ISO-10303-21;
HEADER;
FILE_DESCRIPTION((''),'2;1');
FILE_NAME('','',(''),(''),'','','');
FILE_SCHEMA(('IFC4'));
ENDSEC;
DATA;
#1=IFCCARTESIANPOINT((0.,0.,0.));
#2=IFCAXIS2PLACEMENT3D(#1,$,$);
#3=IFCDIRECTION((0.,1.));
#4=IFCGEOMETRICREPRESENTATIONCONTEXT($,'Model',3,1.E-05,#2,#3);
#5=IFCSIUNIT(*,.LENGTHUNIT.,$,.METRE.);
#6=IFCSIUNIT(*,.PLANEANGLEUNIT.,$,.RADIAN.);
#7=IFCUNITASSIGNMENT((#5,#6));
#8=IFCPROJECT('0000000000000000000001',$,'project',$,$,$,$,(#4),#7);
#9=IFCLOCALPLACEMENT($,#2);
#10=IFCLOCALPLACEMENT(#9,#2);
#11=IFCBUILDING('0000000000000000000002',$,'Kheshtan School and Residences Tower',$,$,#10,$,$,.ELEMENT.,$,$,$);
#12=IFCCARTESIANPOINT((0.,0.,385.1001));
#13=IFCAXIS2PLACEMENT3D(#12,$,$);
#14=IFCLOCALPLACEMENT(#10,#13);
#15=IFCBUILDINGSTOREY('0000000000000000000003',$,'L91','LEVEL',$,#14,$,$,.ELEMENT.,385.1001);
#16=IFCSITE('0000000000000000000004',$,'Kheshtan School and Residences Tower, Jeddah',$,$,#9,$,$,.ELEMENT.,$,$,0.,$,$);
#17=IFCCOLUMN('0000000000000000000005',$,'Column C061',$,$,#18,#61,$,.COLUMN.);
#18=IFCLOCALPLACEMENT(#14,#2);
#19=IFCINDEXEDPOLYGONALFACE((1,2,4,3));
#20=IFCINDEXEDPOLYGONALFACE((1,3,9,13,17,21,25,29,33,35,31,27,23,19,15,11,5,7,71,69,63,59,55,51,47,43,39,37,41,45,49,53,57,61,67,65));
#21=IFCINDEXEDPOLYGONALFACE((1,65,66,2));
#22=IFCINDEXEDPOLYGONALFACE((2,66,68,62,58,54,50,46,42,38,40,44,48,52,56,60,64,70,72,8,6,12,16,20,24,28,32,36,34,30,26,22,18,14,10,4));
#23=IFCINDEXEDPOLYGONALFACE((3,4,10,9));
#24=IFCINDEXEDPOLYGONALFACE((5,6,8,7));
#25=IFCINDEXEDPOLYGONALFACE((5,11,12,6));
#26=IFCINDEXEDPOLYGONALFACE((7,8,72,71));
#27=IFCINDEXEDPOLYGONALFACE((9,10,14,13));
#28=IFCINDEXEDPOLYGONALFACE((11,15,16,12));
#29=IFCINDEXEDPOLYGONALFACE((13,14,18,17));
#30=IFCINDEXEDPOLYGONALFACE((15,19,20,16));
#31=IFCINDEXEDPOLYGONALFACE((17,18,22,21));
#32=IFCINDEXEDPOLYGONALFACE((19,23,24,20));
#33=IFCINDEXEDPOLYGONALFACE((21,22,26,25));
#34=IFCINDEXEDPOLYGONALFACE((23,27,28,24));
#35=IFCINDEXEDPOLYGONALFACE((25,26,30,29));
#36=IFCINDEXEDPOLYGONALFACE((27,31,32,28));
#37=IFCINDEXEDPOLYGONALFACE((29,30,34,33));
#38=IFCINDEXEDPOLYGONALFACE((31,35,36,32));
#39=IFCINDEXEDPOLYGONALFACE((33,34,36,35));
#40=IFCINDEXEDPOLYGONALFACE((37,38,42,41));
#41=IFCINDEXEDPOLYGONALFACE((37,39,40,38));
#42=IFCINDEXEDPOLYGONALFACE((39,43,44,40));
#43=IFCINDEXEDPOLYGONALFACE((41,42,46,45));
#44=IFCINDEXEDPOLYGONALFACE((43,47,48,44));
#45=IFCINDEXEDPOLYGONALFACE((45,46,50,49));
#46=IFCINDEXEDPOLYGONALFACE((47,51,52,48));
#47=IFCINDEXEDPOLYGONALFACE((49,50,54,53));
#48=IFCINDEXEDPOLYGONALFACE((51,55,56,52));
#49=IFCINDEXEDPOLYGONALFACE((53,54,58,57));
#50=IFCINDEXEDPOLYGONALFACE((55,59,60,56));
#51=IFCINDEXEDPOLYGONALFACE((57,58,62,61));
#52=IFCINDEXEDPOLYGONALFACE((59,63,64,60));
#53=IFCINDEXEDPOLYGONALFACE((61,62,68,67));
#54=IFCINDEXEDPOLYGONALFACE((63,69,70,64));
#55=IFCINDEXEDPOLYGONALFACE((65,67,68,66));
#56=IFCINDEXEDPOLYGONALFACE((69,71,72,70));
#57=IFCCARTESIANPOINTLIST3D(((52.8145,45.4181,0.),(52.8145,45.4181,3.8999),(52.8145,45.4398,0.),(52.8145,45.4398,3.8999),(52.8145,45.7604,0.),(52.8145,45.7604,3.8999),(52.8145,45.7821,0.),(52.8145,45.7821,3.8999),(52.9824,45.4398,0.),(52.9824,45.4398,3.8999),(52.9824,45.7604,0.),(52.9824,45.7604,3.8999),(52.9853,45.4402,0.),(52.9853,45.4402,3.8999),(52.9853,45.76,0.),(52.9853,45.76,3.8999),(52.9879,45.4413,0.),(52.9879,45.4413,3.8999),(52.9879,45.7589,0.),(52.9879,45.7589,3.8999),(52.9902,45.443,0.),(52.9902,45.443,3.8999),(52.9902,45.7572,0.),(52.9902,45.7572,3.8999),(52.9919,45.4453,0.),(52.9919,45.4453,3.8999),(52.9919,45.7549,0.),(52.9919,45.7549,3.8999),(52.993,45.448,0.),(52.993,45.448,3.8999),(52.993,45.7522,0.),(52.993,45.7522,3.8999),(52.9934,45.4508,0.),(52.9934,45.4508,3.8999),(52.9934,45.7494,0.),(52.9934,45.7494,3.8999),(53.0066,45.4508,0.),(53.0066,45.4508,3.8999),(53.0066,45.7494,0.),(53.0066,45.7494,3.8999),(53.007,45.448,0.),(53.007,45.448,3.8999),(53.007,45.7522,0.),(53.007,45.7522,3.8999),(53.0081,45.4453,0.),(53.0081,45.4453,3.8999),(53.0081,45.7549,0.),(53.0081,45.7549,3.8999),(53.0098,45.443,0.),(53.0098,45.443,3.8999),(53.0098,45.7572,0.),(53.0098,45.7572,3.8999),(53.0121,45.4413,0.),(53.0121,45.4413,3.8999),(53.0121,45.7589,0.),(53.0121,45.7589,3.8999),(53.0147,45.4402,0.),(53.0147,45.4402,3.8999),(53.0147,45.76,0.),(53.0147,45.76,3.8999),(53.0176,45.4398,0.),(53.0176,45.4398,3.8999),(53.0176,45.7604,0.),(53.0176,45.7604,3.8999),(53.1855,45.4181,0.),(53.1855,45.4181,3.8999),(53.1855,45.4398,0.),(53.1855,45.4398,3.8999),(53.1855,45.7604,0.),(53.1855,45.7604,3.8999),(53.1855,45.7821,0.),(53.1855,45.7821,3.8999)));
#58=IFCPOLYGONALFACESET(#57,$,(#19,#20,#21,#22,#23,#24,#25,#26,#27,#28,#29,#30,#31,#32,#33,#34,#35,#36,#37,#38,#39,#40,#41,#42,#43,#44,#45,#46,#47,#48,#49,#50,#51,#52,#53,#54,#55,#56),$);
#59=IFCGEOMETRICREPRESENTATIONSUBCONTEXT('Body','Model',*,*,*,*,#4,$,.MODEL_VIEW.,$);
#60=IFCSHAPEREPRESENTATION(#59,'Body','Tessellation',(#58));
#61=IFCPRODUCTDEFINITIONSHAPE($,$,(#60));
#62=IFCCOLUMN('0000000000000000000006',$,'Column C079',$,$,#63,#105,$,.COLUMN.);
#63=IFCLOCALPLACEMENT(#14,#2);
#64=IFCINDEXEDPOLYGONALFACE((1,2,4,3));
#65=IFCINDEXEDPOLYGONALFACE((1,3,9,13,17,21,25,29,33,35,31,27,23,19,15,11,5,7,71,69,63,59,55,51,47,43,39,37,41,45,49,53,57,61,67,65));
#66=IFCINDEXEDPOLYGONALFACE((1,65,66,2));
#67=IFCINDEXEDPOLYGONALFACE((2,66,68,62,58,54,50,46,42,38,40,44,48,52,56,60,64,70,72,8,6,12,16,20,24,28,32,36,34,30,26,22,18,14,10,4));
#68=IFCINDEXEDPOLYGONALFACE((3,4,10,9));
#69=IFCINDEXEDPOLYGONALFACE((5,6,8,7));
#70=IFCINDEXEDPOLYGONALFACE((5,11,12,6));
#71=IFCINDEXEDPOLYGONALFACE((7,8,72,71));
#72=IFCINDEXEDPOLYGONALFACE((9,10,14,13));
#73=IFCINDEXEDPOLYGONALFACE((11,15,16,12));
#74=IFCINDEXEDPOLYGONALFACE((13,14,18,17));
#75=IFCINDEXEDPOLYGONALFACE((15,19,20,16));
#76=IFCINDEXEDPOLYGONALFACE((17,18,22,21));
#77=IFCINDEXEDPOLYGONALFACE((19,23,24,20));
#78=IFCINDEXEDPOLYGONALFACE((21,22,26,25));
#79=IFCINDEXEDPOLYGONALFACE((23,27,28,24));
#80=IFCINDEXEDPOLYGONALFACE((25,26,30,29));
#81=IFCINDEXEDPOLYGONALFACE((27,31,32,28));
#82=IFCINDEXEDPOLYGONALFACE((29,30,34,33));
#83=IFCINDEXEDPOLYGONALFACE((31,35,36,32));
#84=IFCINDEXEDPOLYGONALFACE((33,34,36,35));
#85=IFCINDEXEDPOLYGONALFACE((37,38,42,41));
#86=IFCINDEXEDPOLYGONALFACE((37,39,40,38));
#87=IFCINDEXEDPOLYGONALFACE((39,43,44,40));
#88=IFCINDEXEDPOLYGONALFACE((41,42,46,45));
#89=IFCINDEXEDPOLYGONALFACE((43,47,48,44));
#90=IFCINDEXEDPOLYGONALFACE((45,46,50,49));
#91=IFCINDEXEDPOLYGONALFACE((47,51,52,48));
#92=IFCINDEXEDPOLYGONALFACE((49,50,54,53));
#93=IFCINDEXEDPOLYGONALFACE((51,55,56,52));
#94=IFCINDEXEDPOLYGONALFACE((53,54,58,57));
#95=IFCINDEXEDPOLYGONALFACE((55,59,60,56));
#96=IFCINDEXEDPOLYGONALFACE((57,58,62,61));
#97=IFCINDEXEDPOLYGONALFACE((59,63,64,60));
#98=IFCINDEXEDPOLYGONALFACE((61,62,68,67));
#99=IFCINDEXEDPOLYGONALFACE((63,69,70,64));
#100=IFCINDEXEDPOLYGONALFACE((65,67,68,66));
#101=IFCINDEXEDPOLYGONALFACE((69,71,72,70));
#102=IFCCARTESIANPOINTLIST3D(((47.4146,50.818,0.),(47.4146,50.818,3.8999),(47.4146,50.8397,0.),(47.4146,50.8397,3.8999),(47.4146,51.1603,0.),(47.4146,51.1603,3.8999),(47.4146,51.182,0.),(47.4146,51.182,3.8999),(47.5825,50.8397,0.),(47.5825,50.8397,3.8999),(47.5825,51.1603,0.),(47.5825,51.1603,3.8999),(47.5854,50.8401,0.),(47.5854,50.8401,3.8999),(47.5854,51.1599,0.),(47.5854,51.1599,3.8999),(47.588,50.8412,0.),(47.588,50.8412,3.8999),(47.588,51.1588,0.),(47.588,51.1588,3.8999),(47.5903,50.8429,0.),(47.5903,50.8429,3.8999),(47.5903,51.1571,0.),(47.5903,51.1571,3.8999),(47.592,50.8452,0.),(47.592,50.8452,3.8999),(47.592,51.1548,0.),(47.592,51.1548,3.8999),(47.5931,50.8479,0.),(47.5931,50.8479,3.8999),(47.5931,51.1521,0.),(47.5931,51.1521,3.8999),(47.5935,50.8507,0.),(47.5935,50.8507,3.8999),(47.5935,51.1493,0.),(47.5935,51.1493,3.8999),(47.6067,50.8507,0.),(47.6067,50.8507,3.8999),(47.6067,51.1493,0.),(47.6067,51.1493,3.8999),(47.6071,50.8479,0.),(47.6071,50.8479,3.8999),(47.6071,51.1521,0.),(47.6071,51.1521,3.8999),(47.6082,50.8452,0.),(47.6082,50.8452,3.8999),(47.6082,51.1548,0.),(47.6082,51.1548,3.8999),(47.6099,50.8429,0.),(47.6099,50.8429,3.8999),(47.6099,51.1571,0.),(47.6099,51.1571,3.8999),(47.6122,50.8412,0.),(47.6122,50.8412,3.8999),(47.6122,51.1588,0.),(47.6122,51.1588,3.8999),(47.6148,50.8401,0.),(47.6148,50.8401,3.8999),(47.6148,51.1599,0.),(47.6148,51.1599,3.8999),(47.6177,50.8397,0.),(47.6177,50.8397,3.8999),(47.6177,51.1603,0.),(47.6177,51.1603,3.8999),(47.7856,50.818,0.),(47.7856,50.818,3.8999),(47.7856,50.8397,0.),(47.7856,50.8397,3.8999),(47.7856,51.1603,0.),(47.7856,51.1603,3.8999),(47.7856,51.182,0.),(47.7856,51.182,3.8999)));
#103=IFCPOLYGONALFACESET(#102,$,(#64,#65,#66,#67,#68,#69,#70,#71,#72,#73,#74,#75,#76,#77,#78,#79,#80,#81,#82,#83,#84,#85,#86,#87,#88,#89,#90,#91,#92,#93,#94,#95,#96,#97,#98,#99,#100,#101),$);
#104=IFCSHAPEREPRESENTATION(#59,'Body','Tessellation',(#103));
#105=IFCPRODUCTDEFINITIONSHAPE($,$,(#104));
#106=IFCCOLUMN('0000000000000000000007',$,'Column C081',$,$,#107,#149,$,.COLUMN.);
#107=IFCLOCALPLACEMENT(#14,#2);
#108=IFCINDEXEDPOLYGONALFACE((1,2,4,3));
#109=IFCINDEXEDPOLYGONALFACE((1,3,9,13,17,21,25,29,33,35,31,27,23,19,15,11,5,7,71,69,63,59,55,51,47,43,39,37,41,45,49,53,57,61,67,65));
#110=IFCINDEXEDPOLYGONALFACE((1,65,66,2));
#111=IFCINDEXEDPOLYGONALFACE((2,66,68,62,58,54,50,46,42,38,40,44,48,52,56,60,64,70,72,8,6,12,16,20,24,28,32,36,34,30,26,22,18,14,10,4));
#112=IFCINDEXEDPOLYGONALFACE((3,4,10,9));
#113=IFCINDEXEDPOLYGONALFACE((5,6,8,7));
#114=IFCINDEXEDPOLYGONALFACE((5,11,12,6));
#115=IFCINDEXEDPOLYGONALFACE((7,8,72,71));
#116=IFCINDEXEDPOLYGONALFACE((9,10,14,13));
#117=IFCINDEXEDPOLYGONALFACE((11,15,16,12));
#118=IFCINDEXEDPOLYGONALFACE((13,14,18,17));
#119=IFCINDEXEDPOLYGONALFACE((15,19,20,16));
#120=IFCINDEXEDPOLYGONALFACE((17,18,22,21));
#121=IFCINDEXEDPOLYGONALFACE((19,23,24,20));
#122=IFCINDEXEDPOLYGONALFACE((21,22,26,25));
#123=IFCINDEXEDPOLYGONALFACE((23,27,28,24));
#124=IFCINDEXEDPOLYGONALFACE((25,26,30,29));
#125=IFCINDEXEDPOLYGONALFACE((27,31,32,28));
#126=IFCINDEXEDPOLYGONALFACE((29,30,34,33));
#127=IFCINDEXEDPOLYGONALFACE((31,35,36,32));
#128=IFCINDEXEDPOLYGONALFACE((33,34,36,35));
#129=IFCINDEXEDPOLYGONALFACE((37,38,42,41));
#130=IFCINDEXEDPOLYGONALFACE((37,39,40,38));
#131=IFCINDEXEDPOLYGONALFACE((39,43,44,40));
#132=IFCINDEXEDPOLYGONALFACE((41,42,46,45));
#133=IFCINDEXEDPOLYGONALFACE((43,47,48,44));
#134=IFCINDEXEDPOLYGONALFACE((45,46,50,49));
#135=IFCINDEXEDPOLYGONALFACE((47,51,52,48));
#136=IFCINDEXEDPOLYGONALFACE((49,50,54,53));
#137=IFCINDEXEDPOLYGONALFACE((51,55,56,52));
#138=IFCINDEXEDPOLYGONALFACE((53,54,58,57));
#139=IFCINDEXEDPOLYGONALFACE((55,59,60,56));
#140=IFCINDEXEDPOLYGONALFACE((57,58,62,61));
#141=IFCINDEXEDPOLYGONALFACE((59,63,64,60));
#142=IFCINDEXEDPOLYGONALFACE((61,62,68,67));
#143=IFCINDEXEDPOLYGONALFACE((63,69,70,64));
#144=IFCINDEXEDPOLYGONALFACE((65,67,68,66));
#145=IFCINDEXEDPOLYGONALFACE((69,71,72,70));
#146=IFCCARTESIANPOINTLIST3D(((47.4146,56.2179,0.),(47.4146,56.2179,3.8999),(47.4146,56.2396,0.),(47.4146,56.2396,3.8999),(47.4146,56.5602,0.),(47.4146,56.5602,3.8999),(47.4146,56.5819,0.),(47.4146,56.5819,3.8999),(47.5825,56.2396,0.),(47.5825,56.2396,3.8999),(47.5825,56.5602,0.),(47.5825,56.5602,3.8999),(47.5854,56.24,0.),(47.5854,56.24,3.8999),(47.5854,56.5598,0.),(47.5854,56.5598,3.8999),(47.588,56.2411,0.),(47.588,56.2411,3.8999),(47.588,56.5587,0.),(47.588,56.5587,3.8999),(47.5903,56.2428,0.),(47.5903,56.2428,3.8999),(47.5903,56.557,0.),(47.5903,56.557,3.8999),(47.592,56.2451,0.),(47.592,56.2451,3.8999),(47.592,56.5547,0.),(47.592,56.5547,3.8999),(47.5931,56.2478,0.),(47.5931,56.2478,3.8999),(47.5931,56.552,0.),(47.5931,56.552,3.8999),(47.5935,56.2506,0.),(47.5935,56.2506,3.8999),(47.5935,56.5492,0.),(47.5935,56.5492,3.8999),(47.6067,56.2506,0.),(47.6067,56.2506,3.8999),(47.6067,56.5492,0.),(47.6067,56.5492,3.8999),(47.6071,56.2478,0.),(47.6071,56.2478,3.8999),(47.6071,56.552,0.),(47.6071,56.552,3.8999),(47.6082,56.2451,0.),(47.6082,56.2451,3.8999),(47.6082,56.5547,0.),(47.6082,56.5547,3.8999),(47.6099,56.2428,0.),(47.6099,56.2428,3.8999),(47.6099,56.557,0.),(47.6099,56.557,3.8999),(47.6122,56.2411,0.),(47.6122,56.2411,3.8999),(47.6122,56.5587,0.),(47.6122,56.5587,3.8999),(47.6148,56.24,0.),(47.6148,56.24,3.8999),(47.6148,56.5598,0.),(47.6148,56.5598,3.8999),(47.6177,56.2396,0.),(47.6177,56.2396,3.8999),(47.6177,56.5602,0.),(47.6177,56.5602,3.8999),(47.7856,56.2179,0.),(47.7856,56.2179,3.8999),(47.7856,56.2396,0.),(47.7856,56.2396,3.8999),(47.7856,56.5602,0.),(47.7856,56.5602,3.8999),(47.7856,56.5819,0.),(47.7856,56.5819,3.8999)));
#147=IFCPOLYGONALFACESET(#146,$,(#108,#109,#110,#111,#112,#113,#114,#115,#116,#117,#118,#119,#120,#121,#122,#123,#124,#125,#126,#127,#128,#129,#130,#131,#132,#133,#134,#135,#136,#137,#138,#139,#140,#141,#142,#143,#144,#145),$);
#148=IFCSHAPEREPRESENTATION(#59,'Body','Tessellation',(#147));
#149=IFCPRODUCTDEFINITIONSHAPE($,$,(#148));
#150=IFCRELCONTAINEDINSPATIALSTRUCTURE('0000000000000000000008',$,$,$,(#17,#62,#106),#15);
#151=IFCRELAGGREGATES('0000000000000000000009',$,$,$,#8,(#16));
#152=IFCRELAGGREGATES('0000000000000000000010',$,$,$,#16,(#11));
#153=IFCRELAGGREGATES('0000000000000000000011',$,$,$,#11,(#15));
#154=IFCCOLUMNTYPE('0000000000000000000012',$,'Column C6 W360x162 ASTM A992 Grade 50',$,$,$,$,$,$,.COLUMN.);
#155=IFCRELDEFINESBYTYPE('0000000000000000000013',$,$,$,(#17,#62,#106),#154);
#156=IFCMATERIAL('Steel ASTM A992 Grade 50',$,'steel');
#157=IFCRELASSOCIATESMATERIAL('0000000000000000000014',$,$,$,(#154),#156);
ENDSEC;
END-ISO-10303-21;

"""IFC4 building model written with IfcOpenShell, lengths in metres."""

from ifc_helpers import new_model, si_unit, direction, frame, origin, origin_2d, place, context, subcontext, project, spatial, i_section, extrude, material, material_profile, profile_set, type_object, element, save


model = new_model("IFC4")

# Units and contexts
model_context = context("Model", 3, precision=1e-05, world=origin(), true_north=direction((0.0, 1.0)))
body_context = subcontext(model_context, "Body", "Model", "MODEL_VIEW")
ifc_project = project(units=[si_unit("LENGTHUNIT", "METRE"), si_unit("PLANEANGLEUNIT", "RADIAN")], contexts=[model_context])

# Site, building, storey
site_placement = place(None, origin())
site = spatial("IfcSite", under=ifc_project, at=site_placement, Name="Kheshtan School and Residences Tower, Jeddah", CompositionType="ELEMENT", RefElevation=0.0)
building_placement = place(site_placement, origin())
building = spatial("IfcBuilding", under=site, at=building_placement, Name="Kheshtan School and Residences Tower", CompositionType="ELEMENT")
storey_placement = place(building_placement, frame((0.0, 0.0, 385.1001)))
storey = spatial("IfcBuildingStorey", under=building, at=storey_placement, Name="L91", Description="LEVEL", CompositionType="ELEMENT", Elevation=385.1001)

# Columns
ifc_material_1 = material(Name="Steel ASTM A992 Grade 50", Category="steel")
ifc_material_profile_1 = material_profile(ifc_material_1, i_section(OverallWidth=0.3711, OverallDepth=0.364, WebThickness=0.0132, FlangeThickness=0.0217, FilletRadius=0.011, at=origin_2d()), Name="W360x162")
ifc_profile_set_1 = profile_set([ifc_material_profile_1], Name="Steel ASTM A992 Grade 50")
column_type_1 = type_object("IfcColumnType", Name="Column C6 W360x162 ASTM A992 Grade 50", PredefinedType="COLUMN", material=ifc_profile_set_1)
for number, where, z_axis, x_axis, name in (
    (1, (53.0, 45.6001, 0.0), (0.0, 0.0, 1.0), (1.0, 0.0, 0.0), "Column C061"),
    (2, (47.6001, 51.0, 0.0), (0.0, 0.0, 1.0), (1.0, 0.0, 0.0), "Column C079"),
    (3, (47.6001, 56.3999, 0.0), (0.0, 0.0, 1.0), (1.0, 0.0, 0.0), "Column C081"),
):
    element("IfcColumn", number, at=place(storey_placement, frame(where, z_axis=z_axis, x_axis=x_axis)), inside=storey, type_object=column_type_1, Name=name, PredefinedType="COLUMN", context=body_context, shape_type="SweptSolid", body=[
        extrude(i_section(OverallWidth=0.3711, OverallDepth=0.364, WebThickness=0.0132, FlangeThickness=0.0217, FilletRadius=0.011, at=origin_2d()), origin(), (0.0, 0.0, 1.0), 3.8999),
    ])

save(model, "model.ifc")
